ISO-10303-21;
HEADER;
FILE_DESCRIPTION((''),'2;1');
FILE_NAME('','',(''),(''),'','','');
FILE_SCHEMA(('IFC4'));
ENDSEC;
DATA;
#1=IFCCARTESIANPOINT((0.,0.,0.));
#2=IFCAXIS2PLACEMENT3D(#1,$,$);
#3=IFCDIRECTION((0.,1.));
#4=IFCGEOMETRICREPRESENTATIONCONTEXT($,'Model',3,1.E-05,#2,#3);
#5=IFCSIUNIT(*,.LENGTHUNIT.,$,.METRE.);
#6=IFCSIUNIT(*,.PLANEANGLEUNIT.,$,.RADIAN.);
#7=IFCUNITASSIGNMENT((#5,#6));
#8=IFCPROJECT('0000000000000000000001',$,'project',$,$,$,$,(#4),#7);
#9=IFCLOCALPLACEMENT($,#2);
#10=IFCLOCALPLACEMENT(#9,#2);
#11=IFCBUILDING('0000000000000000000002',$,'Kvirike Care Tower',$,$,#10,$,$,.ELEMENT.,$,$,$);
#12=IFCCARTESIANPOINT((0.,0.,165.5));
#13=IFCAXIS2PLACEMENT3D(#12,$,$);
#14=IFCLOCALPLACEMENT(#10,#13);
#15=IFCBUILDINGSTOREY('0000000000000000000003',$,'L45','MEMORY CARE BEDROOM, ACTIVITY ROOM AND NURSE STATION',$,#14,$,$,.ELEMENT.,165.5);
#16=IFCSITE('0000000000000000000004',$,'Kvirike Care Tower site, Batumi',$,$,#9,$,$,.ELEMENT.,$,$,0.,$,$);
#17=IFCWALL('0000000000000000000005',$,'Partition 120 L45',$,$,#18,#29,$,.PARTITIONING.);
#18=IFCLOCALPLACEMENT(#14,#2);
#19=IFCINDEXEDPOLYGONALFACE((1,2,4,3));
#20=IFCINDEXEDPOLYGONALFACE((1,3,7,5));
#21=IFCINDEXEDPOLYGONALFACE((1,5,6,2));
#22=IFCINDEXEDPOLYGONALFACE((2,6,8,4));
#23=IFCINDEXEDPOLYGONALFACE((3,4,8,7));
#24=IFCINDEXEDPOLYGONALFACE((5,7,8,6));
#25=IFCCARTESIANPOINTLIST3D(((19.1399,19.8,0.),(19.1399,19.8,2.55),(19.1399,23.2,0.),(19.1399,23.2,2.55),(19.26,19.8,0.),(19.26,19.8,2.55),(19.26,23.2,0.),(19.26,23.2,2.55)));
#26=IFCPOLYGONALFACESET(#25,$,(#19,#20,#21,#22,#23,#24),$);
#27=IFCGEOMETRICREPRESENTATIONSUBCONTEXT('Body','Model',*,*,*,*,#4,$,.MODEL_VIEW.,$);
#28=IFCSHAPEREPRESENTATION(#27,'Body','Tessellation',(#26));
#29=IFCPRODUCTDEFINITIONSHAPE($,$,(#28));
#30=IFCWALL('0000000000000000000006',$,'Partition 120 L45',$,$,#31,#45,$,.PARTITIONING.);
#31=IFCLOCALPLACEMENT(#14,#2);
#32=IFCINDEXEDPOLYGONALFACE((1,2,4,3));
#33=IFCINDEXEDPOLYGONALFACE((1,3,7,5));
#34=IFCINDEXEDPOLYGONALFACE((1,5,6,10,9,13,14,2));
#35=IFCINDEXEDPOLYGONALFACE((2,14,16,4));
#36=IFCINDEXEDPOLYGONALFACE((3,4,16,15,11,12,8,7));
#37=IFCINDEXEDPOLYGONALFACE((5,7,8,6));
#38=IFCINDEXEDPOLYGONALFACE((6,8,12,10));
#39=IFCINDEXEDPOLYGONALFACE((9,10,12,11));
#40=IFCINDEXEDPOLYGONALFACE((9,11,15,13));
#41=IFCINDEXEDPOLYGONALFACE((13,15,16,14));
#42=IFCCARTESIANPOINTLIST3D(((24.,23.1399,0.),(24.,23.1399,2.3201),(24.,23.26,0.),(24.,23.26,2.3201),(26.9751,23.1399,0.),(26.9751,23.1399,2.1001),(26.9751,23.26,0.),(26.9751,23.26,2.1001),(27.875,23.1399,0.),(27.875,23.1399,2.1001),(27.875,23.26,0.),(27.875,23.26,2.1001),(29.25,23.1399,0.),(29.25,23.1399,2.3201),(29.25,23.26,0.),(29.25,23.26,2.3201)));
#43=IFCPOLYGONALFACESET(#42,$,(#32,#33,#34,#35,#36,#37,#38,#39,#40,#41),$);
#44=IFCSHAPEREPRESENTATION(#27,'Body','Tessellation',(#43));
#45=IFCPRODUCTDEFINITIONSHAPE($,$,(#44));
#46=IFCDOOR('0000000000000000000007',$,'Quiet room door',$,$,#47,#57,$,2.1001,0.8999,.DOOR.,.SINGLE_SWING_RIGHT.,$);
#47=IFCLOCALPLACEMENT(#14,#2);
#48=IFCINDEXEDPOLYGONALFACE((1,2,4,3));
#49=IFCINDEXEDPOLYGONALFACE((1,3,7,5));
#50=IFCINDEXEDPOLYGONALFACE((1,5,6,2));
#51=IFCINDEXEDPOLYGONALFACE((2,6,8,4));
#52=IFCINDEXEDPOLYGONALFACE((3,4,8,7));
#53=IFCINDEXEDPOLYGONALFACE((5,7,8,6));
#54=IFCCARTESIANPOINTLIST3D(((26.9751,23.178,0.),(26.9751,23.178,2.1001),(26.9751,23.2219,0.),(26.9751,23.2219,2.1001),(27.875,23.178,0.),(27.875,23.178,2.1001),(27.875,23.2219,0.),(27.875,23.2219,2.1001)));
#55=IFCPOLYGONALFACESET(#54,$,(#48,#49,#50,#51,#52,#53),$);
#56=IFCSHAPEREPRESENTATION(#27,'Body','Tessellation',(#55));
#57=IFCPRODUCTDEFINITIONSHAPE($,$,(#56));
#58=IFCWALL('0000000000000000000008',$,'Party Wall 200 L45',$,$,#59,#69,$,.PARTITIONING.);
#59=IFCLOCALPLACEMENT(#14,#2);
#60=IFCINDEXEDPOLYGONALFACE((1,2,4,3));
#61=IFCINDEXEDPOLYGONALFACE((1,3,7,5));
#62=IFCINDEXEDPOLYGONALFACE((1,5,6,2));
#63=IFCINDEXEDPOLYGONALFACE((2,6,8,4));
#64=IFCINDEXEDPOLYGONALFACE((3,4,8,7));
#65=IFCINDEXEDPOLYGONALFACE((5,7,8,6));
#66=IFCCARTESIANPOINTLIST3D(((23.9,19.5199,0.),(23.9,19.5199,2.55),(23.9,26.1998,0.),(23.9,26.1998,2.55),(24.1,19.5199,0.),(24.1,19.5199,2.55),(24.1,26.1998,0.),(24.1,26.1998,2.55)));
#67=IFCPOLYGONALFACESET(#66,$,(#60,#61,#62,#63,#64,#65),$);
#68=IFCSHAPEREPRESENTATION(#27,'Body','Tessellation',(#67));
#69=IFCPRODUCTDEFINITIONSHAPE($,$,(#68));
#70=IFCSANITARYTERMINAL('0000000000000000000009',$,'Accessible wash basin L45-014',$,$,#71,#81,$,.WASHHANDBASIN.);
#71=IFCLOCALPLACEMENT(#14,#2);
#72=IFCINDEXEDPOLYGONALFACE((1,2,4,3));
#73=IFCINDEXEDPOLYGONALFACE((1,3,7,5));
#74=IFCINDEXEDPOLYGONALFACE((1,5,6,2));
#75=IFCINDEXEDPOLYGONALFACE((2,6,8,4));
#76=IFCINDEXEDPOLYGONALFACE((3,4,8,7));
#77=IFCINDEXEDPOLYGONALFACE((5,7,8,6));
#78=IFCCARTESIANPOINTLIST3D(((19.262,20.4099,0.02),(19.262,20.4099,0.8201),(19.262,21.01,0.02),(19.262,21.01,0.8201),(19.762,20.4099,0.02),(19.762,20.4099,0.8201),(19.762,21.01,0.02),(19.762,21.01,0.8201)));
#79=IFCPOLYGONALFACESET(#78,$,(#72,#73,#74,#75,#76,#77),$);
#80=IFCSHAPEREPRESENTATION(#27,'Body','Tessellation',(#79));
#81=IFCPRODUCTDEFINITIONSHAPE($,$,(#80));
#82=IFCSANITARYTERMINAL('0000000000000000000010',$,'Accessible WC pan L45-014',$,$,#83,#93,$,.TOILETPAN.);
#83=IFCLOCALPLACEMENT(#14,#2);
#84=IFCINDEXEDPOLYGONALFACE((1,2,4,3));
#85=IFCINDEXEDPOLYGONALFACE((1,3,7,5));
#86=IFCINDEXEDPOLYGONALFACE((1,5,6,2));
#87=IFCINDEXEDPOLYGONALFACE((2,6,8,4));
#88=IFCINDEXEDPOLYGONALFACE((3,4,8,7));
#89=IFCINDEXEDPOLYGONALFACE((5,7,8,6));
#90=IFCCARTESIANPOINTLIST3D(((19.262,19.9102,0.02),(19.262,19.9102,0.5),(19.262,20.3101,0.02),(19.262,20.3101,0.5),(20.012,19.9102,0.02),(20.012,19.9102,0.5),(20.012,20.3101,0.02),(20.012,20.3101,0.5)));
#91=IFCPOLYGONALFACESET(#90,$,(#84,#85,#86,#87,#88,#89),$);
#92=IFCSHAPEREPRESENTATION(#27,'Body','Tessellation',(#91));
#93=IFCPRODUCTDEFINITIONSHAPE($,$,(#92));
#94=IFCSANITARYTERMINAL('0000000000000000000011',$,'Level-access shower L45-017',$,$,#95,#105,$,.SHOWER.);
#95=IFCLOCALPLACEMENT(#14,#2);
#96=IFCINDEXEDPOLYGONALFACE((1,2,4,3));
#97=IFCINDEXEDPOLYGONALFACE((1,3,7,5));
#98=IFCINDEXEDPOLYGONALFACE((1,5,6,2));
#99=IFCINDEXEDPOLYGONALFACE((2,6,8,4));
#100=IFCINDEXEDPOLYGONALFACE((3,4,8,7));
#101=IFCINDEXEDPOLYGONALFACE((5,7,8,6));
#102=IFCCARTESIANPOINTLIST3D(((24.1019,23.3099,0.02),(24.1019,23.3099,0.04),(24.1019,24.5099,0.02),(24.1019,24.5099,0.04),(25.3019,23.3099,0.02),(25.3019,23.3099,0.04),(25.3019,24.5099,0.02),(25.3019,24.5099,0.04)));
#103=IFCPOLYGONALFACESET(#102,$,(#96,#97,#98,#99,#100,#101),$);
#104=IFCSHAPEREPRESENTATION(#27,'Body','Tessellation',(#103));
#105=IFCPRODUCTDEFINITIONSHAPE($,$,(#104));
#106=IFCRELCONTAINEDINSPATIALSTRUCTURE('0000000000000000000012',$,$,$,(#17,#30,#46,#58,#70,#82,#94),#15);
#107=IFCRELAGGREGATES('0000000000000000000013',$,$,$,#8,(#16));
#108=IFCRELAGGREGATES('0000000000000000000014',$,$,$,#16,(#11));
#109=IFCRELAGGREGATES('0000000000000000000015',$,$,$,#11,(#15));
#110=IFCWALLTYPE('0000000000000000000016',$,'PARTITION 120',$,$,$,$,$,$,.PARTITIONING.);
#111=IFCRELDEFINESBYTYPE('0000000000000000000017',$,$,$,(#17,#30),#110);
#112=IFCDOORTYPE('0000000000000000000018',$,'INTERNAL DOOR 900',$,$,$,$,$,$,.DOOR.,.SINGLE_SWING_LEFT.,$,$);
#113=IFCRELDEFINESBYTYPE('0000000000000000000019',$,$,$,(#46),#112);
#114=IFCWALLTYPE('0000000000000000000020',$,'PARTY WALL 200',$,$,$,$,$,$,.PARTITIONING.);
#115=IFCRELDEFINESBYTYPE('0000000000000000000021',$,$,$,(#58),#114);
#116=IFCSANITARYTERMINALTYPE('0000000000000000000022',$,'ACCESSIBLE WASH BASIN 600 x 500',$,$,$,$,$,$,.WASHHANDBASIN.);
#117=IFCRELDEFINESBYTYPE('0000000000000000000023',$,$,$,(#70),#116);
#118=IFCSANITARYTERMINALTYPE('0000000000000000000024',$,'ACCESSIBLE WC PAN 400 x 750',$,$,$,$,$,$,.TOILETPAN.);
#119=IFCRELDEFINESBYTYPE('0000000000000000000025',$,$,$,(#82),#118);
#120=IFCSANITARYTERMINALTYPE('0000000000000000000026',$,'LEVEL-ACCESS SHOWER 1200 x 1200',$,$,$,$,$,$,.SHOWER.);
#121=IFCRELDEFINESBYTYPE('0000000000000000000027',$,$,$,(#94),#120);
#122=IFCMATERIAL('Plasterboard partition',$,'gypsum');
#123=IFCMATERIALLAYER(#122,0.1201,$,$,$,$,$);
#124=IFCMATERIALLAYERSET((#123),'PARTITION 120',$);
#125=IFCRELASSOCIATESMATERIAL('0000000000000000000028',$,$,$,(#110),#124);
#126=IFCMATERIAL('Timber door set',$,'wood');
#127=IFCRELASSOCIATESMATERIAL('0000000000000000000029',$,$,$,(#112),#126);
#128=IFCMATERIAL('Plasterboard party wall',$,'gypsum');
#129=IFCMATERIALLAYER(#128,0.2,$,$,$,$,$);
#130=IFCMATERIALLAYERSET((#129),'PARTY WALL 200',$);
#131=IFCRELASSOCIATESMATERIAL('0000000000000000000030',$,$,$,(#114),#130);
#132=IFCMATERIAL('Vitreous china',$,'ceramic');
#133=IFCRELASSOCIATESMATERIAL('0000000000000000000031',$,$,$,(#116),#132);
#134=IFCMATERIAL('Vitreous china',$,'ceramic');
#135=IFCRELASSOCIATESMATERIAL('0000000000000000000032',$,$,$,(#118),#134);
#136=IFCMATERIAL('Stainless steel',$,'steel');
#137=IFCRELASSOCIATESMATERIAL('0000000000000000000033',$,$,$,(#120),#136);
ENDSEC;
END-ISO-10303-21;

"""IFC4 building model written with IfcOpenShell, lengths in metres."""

from ifc_helpers import new_model, si_unit, direction, frame, frame_2d, origin, origin_2d, place, context, subcontext, project, spatial, rectangle, extrude, material, layer, layer_set, type_object, element, fill, save


model = new_model("IFC4")

# Units and contexts
model_context = context("Model", 3, precision=1e-05, world=origin(), true_north=direction((0.0, 1.0)))
body_context = subcontext(model_context, "Body", "Model", "MODEL_VIEW")
ifc_project = project(units=[si_unit("LENGTHUNIT", "METRE"), si_unit("PLANEANGLEUNIT", "RADIAN")], contexts=[model_context])

# Site, building, storey
site_placement = place(None, origin())
site = spatial("IfcSite", under=ifc_project, at=site_placement, Name="Kvirike Care Tower site, Batumi", CompositionType="ELEMENT", RefElevation=0.0)
building_placement = place(site_placement, origin())
building = spatial("IfcBuilding", under=site, at=building_placement, Name="Kvirike Care Tower", CompositionType="ELEMENT")
storey_placement = place(building_placement, frame((0.0, 0.0, 165.5)))
storey = spatial("IfcBuildingStorey", under=building, at=storey_placement, Name="L45", Description="MEMORY CARE BEDROOM, ACTIVITY ROOM AND NURSE STATION", CompositionType="ELEMENT", Elevation=165.5)

# Wall
ifc_material_1 = material(Name="Plasterboard partition", Category="gypsum")
ifc_layer_1 = layer(ifc_material_1, 0.1201)
ifc_layer_set_1 = layer_set([ifc_layer_1], Name="PARTITION 120")
wall_type_1 = type_object("IfcWallType", Name="PARTITION 120", PredefinedType="PARTITIONING", material=ifc_layer_set_1)
wall_1_placement = place(storey_placement, frame((19.2, 19.8, 0.0), z_axis=(0.0, 0.0, 1.0), x_axis=(0.0, 1.0, 0.0)))
element("IfcWall", 1, at=wall_1_placement, inside=storey, type_object=wall_type_1, Name="Partition 120 L45", PredefinedType="PARTITIONING", context=body_context, shape_type="SweptSolid", body=[
    extrude(rectangle(XDim=3.3999, YDim=0.1201, at=frame_2d((1.7, 0.0))), origin(), (0.0, 0.0, 1.0), 2.55),
])

# Wall, opening, door
wall_2_placement = place(storey_placement, frame((24.0, 23.2, 0.0), z_axis=(0.0, 0.0, 1.0), x_axis=(1.0, 0.0, 0.0)))
wall_2 = element("IfcWall", 2, at=wall_2_placement, inside=storey, type_object=wall_type_1, Name="Partition 120 L45", PredefinedType="PARTITIONING", context=body_context, shape_type="SweptSolid", body=[
    extrude(rectangle(XDim=5.25, YDim=0.1201, at=frame_2d((2.625, 0.0))), origin(), (0.0, 0.0, 1.0), 2.3201),
])
opening_1_placement = place(wall_2_placement, frame((2.9751, 0.0, 0.0)))
opening_1 = element("IfcOpeningElement", 3, at=opening_1_placement, cuts=wall_2, PredefinedType="OPENING", context=body_context, shape_type="SweptSolid", body=[
    extrude(rectangle(XDim=0.8999, YDim=2.1001, at=frame_2d((0.45, 1.05))), frame((0.0, 0.0706, 0.0), z_axis=(0.0, -1.0, 0.0), x_axis=(1.0, 0.0, 0.0)), (0.0, 0.0, 1.0), 0.1411),
])
ifc_material_2 = material(Name="Timber door set", Category="wood")
door_type_1 = type_object("IfcDoorType", Name="INTERNAL DOOR 900", OperationType="SINGLE_SWING_LEFT", PredefinedType="DOOR", material=ifc_material_2)
door_1_placement = place(opening_1_placement, origin())
door_1 = element("IfcDoor", 4, at=door_1_placement, inside=storey, type_object=door_type_1, Name="Quiet room door", OperationType="SINGLE_SWING_RIGHT", OverallHeight=2.1001, OverallWidth=0.8999, PredefinedType="DOOR", context=body_context, shape_type="SweptSolid", body=[
    extrude(rectangle(XDim=0.8999, YDim=2.1001, at=frame_2d((0.45, 1.05))), frame((0.0, 0.022, 0.0), z_axis=(0.0, -1.0, 0.0), x_axis=(1.0, 0.0, 0.0)), (0.0, 0.0, 1.0), 0.0439),
])
fill(opening_1, door_1)

# Wall
ifc_material_3 = material(Name="Plasterboard party wall", Category="gypsum")
ifc_layer_2 = layer(ifc_material_3, 0.2)
ifc_layer_set_2 = layer_set([ifc_layer_2], Name="PARTY WALL 200")
wall_type_2 = type_object("IfcWallType", Name="PARTY WALL 200", PredefinedType="PARTITIONING", material=ifc_layer_set_2)
wall_3_placement = place(storey_placement, frame((24.0, 19.52, 0.0), z_axis=(0.0, 0.0, 1.0), x_axis=(0.0, 1.0, 0.0)))
element("IfcWall", 5, at=wall_3_placement, inside=storey, type_object=wall_type_2, Name="Party Wall 200 L45", PredefinedType="PARTITIONING", context=body_context, shape_type="SweptSolid", body=[
    extrude(rectangle(XDim=6.6799, YDim=0.2, at=frame_2d((3.3398, 0.0))), origin(), (0.0, 0.0, 1.0), 2.55),
])

# Sanitary terminals
ifc_material_4 = material(Name="Vitreous china", Category="ceramic")
sanitary_terminal_type_1 = type_object("IfcSanitaryTerminalType", Name="ACCESSIBLE WASH BASIN 600 x 500", PredefinedType="WASHHANDBASIN", material=ifc_material_4)
sanitary_terminal_1_placement = place(storey_placement, frame((19.512, 20.71, 0.02), z_axis=(0.0, 0.0, 1.0), x_axis=(0.0, 1.0, 0.0)))
element("IfcSanitaryTerminal", 6, at=sanitary_terminal_1_placement, inside=storey, type_object=sanitary_terminal_type_1, Name="Accessible wash basin L45-014", PredefinedType="WASHHANDBASIN", context=body_context, shape_type="SweptSolid", body=[
    extrude(rectangle(XDim=0.6001, YDim=0.5, at=origin_2d()), origin(), (0.0, 0.0, 1.0), 0.8),
])
ifc_material_5 = material(Name="Vitreous china", Category="ceramic")
sanitary_terminal_type_2 = type_object("IfcSanitaryTerminalType", Name="ACCESSIBLE WC PAN 400 x 750", PredefinedType="TOILETPAN", material=ifc_material_5)
sanitary_terminal_2_placement = place(storey_placement, frame((19.637, 20.1101, 0.02), z_axis=(0.0, 0.0, 1.0), x_axis=(0.0, 1.0, 0.0)))
element("IfcSanitaryTerminal", 7, at=sanitary_terminal_2_placement, inside=storey, type_object=sanitary_terminal_type_2, Name="Accessible WC pan L45-014", PredefinedType="TOILETPAN", context=body_context, shape_type="SweptSolid", body=[
    extrude(rectangle(XDim=0.3999, YDim=0.75, at=origin_2d()), origin(), (0.0, 0.0, 1.0), 0.48),
])
ifc_material_6 = material(Name="Stainless steel", Category="steel")
sanitary_terminal_type_3 = type_object("IfcSanitaryTerminalType", Name="LEVEL-ACCESS SHOWER 1200 x 1200", PredefinedType="SHOWER", material=ifc_material_6)
sanitary_terminal_3_placement = place(storey_placement, frame((24.7019, 23.9099, 0.02), z_axis=(0.0, 0.0, 1.0), x_axis=(0.0, 1.0, 0.0)))
element("IfcSanitaryTerminal", 8, at=sanitary_terminal_3_placement, inside=storey, type_object=sanitary_terminal_type_3, Name="Level-access shower L45-017", PredefinedType="SHOWER", context=body_context, shape_type="SweptSolid", body=[
    extrude(rectangle(XDim=1.2, YDim=1.2, at=origin_2d()), origin(), (0.0, 0.0, 1.0), 0.02),
])

save(model, "model.ifc")
